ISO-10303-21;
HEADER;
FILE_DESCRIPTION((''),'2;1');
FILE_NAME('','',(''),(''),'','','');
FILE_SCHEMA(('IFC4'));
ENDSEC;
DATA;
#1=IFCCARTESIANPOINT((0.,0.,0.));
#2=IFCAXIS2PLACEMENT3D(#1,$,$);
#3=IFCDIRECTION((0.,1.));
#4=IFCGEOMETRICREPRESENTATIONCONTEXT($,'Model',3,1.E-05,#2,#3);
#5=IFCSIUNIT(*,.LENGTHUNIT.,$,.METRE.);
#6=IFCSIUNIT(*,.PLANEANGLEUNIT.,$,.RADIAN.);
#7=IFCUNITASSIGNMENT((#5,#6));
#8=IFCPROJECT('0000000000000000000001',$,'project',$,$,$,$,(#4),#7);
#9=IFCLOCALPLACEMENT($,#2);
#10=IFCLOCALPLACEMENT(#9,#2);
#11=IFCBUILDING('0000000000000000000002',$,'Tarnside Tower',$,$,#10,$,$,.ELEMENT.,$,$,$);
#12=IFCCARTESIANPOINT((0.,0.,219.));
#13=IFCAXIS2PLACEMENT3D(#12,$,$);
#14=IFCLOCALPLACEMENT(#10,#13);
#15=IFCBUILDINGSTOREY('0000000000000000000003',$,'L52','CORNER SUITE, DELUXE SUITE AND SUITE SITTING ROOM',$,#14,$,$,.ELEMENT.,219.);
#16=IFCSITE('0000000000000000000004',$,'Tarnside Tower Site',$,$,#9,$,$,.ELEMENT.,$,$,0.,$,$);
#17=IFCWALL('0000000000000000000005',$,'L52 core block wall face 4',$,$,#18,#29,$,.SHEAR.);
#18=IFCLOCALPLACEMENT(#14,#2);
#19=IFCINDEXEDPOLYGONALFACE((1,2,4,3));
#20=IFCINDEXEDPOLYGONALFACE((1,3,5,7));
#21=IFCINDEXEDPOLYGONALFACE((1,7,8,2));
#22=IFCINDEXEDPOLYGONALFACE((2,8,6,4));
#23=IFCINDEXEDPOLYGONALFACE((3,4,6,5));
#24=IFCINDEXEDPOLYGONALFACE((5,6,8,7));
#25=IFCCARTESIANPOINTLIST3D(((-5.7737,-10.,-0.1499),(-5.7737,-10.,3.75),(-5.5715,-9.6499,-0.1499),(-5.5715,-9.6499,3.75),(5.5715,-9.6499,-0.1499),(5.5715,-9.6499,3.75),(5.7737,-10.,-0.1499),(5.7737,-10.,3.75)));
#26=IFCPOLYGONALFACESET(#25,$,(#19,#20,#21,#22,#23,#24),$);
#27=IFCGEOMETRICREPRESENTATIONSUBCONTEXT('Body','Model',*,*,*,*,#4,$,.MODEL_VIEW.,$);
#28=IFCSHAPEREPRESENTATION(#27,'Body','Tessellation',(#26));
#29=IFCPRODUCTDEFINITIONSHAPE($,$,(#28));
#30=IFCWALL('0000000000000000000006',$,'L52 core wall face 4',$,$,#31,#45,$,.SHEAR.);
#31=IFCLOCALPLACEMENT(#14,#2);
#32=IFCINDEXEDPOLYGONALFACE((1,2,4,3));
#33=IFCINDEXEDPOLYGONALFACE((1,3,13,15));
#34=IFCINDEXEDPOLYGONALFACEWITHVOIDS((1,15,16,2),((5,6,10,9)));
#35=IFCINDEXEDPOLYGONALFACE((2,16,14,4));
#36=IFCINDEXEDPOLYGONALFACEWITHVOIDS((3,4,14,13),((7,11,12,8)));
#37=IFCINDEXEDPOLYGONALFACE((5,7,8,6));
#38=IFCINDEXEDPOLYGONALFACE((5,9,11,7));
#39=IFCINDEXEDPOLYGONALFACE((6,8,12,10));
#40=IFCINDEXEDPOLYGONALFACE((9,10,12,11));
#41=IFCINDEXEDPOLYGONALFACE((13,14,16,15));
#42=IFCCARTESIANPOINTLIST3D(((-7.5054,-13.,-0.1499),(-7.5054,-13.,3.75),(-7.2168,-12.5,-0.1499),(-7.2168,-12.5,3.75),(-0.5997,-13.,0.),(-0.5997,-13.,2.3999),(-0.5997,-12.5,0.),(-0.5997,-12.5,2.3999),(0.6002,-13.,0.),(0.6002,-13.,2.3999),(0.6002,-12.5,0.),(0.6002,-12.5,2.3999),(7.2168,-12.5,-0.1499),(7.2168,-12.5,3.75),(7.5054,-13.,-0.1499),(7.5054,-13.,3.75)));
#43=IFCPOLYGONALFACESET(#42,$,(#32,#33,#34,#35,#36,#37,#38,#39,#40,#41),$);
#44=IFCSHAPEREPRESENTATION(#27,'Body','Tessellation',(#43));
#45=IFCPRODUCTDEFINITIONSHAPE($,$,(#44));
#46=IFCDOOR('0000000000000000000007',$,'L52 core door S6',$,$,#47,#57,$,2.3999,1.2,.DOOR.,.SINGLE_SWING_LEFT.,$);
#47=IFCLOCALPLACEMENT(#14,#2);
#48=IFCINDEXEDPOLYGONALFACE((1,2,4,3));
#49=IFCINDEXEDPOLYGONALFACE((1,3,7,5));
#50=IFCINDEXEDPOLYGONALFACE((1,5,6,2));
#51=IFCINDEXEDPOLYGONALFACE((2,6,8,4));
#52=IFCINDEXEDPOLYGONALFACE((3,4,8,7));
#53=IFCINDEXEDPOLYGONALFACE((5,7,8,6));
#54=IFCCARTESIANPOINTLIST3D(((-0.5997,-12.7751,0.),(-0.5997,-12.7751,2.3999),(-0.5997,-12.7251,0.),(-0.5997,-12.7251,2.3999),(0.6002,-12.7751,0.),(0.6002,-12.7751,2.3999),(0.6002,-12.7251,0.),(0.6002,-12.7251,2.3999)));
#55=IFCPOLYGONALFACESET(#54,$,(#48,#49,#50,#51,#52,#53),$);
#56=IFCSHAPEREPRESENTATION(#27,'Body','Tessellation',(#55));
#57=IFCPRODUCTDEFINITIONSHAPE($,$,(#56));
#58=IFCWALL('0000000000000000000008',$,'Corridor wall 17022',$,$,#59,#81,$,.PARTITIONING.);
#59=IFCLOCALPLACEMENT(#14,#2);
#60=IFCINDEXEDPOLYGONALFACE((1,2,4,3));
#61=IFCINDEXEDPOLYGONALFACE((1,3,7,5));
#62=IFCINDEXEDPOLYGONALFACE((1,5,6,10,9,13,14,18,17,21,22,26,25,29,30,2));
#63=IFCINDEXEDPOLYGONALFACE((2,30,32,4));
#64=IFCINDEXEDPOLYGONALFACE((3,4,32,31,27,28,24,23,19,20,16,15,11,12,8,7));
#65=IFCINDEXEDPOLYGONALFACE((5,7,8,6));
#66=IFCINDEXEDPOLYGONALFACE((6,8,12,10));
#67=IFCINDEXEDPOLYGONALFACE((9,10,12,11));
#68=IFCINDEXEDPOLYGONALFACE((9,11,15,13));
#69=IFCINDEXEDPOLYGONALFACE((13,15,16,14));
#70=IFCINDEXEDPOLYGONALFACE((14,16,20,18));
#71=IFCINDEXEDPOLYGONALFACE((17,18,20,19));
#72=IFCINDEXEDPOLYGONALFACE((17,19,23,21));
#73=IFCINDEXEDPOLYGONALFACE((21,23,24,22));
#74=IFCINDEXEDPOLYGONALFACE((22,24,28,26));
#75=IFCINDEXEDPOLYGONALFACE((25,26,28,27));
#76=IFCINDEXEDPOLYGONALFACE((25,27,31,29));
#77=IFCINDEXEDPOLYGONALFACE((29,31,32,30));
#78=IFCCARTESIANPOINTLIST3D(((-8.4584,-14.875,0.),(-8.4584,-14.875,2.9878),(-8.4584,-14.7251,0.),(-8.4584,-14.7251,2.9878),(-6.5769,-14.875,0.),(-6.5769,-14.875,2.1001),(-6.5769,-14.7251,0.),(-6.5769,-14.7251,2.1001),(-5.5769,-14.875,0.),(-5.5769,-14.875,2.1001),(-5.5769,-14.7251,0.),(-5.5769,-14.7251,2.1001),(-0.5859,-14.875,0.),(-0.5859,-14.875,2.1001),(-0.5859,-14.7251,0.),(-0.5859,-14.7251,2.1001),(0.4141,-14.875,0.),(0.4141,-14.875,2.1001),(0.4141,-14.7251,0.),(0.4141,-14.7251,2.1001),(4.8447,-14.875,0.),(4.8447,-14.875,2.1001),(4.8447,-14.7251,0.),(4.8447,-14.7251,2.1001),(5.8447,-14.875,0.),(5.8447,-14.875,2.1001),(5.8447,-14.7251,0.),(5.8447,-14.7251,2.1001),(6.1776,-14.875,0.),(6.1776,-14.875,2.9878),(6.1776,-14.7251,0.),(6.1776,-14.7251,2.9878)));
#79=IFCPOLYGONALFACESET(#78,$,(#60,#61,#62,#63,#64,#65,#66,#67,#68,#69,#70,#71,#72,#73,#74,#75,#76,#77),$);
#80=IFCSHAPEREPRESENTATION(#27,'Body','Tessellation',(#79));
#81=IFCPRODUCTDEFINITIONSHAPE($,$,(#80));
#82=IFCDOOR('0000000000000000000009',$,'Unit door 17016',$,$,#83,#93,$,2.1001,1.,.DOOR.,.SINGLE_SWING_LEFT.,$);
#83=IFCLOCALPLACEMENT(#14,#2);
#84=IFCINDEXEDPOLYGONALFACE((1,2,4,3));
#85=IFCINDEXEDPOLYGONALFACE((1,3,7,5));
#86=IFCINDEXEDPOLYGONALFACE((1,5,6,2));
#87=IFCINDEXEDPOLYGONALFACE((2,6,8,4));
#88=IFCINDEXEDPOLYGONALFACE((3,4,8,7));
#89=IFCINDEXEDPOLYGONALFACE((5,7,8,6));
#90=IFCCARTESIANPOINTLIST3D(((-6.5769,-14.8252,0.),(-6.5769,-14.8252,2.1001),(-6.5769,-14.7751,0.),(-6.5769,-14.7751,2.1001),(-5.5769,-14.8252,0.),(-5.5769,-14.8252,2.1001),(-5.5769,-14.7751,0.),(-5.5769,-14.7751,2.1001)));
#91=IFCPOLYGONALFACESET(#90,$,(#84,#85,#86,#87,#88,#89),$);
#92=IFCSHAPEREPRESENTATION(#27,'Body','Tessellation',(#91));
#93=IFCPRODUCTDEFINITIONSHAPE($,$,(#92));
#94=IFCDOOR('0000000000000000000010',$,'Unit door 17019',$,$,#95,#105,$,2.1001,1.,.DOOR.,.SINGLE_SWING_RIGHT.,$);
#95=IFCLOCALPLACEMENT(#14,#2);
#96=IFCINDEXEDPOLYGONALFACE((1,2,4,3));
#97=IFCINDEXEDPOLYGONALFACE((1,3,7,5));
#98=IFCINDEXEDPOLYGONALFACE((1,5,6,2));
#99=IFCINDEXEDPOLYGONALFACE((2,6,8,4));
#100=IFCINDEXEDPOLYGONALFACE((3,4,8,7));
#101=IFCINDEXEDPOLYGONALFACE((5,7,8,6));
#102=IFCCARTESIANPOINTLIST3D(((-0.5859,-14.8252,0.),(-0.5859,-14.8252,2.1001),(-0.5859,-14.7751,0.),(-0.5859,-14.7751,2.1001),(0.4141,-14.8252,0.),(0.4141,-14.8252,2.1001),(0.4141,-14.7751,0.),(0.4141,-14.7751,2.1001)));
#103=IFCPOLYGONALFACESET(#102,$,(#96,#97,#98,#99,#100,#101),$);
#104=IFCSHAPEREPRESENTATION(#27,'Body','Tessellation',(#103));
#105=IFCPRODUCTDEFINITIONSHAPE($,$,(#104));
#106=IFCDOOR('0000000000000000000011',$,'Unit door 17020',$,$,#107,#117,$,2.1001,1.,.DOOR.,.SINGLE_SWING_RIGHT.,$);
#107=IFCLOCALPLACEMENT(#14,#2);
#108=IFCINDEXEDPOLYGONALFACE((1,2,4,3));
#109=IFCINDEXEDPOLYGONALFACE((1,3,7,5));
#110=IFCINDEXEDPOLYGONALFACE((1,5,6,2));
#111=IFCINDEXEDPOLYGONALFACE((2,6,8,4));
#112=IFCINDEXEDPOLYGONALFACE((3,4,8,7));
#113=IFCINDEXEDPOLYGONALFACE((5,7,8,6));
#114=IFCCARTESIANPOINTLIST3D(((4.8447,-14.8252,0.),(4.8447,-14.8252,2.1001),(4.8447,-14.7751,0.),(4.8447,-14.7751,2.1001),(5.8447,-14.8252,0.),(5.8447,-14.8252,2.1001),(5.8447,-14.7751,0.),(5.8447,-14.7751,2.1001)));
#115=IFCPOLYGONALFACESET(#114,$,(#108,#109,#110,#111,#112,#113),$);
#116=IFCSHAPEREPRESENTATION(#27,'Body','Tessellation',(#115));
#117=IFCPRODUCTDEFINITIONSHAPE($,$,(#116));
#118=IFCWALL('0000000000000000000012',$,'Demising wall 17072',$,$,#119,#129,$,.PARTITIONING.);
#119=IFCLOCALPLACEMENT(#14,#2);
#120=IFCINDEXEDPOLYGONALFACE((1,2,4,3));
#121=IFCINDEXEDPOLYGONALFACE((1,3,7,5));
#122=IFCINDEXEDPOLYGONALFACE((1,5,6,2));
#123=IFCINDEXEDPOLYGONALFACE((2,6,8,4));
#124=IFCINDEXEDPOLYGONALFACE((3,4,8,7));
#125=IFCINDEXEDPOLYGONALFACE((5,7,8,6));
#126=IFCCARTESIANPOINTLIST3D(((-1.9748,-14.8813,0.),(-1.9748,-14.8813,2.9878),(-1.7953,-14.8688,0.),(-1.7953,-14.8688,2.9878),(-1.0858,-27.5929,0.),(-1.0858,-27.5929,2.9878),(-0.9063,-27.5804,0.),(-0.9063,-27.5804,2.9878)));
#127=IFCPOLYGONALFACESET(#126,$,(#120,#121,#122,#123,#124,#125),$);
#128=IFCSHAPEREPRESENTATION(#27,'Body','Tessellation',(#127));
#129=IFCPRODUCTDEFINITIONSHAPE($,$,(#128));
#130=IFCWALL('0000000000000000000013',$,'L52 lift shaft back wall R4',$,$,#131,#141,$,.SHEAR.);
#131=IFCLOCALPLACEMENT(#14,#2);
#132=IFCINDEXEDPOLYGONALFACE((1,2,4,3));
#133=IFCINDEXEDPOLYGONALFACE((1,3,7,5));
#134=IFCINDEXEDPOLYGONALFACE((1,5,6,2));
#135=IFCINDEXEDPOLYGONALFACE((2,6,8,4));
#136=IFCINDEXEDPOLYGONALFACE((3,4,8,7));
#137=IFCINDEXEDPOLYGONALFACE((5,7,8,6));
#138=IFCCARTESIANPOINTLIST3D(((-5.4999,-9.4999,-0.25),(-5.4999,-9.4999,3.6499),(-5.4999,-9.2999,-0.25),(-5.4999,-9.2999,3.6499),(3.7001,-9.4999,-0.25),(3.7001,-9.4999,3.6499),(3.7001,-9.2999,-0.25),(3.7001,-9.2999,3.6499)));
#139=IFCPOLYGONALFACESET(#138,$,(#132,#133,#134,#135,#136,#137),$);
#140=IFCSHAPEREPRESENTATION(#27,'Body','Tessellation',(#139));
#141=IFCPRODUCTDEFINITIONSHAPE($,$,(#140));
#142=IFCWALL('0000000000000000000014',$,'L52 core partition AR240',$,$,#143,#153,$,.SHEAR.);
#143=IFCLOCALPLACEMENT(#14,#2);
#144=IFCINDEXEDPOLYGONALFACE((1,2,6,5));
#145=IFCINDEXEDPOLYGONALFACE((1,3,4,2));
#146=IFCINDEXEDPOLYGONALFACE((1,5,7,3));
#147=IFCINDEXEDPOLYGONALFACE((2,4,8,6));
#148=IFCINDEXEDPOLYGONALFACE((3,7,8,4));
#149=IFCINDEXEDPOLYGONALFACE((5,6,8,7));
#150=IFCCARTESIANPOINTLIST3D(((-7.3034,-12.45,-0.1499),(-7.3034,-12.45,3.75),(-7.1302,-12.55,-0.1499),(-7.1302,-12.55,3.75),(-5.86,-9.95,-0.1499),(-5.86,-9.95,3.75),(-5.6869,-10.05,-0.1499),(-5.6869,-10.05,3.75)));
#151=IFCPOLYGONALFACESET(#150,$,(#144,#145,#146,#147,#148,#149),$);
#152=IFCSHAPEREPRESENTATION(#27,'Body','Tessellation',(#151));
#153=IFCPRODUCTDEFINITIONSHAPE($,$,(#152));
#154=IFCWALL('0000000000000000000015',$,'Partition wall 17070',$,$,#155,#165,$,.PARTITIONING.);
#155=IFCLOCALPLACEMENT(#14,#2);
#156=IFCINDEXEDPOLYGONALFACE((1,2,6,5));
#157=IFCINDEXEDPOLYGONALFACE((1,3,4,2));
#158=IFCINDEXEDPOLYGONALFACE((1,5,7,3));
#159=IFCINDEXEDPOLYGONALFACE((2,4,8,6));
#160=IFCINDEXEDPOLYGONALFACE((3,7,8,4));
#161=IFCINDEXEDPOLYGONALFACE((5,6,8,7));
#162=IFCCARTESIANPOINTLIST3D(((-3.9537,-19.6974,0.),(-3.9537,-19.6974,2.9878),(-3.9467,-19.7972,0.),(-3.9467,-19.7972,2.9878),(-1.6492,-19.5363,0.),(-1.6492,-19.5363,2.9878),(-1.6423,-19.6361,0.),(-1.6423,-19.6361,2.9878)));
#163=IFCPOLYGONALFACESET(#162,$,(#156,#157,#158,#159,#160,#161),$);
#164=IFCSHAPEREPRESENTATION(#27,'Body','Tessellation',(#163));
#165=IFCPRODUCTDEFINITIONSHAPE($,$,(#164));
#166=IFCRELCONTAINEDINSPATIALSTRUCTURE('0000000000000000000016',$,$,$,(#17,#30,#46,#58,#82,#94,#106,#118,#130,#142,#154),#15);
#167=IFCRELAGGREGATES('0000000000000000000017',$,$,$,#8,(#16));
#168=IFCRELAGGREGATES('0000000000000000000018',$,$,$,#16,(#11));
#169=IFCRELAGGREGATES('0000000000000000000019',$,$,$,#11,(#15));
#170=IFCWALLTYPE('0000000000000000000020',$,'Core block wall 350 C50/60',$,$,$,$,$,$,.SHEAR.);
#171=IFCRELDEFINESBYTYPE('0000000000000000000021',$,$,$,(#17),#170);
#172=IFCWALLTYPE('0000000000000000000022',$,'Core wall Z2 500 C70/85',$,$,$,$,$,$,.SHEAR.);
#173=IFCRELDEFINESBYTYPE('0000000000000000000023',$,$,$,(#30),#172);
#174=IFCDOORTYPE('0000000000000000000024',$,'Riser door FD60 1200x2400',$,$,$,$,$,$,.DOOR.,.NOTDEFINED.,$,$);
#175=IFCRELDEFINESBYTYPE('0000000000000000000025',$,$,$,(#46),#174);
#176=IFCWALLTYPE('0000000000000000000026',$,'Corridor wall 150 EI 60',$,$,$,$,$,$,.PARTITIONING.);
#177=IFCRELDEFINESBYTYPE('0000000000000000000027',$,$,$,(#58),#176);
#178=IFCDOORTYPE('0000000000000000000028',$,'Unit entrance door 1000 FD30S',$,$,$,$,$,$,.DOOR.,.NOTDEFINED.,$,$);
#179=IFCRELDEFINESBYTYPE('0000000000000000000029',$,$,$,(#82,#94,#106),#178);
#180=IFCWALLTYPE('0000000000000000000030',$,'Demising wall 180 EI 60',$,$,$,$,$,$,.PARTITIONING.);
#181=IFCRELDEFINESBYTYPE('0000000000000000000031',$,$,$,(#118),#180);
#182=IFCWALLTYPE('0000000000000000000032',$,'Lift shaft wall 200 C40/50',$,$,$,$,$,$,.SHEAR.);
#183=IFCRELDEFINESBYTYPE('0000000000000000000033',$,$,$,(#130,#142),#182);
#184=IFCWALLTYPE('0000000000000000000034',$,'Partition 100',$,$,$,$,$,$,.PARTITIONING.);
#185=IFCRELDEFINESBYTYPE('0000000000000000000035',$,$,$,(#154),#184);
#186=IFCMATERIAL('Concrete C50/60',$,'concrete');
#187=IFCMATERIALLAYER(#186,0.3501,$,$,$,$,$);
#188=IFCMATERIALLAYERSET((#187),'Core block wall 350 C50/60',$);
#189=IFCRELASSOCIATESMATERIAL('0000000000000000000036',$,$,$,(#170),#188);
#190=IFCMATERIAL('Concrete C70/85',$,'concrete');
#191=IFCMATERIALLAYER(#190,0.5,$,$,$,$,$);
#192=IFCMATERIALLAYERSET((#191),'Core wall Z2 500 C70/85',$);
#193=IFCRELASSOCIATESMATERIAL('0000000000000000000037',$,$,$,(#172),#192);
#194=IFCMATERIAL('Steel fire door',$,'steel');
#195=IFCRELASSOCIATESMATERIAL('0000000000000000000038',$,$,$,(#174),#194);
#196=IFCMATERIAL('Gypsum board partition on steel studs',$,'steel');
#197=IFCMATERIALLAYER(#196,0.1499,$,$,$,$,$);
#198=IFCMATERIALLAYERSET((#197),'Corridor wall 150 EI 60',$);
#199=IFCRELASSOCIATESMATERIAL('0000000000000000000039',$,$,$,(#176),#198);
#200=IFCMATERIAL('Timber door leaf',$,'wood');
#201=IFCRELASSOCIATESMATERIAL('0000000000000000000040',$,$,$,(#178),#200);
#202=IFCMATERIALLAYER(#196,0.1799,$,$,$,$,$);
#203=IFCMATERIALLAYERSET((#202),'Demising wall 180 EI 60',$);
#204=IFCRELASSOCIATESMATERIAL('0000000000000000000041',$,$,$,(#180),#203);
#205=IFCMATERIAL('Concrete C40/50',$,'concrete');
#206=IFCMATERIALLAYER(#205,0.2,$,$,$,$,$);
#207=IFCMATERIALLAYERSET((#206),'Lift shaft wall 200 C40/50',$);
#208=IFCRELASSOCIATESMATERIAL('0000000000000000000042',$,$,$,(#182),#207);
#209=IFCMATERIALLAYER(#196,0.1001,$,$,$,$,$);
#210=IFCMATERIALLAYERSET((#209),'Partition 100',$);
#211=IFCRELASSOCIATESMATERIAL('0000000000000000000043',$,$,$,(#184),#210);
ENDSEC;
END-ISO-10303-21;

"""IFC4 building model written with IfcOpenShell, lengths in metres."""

from ifc_helpers import new_model, si_unit, direction, frame, frame_2d, origin, place, context, subcontext, project, spatial, polyline, rectangle, outline, extrude, material, layer, layer_set, type_object, element, fill, save


model = new_model("IFC4")

# Units and contexts
model_context = context("Model", 3, precision=1e-05, world=origin(), true_north=direction((0.0, 1.0)))
body_context = subcontext(model_context, "Body", "Model", "MODEL_VIEW")
ifc_project = project(units=[si_unit("LENGTHUNIT", "METRE"), si_unit("PLANEANGLEUNIT", "RADIAN")], contexts=[model_context])

# Site, building, storey
site_placement = place(None, origin())
site = spatial("IfcSite", under=ifc_project, at=site_placement, Name="Tarnside Tower Site", CompositionType="ELEMENT", RefElevation=0.0)
building_placement = place(site_placement, origin())
building = spatial("IfcBuilding", under=site, at=building_placement, Name="Tarnside Tower", CompositionType="ELEMENT")
storey_placement = place(building_placement, frame((0.0, 0.0, 219.0)))
storey = spatial("IfcBuildingStorey", under=building, at=storey_placement, Name="L52", Description="CORNER SUITE, DELUXE SUITE AND SUITE SITTING ROOM", CompositionType="ELEMENT", Elevation=219.0)

# Shared definitions
ifc_material_1 = material(Name="Gypsum board partition on steel studs", Category="steel")
ifc_material_2 = material(Name="Timber door leaf", Category="wood")

# Wall
ifc_material_3 = material(Name="Concrete C50/60", Category="concrete")
ifc_layer_1 = layer(ifc_material_3, 0.3501)
ifc_layer_set_1 = layer_set([ifc_layer_1], Name="Core block wall 350 C50/60")
wall_type_1 = type_object("IfcWallType", Name="Core block wall 350 C50/60", PredefinedType="SHEAR", material=ifc_layer_set_1)
wall_1_placement = place(storey_placement, frame((-5.6726, -9.825, -0.1499), z_axis=(0.0, 0.0, 1.0), x_axis=(1.0, 0.0, 0.0)))
element("IfcWall", 1, at=wall_1_placement, inside=storey, type_object=wall_type_1, Name="L52 core block wall face 4", PredefinedType="SHEAR", context=body_context, shape_type="SweptSolid", body=[
    extrude(outline(polyline([(-0.1011, -0.175), (11.4463, -0.175), (11.2441, 0.175), (0.1011, 0.175), (-0.1011, -0.175)])), origin(), (0.0, 0.0, 1.0), 3.8999),
])

# Wall, opening, door
ifc_material_4 = material(Name="Concrete C70/85", Category="concrete")
ifc_layer_2 = layer(ifc_material_4, 0.5)
ifc_layer_set_2 = layer_set([ifc_layer_2], Name="Core wall Z2 500 C70/85")
wall_type_2 = type_object("IfcWallType", Name="Core wall Z2 500 C70/85", PredefinedType="SHEAR", material=ifc_layer_set_2)
wall_2_placement = place(storey_placement, frame((-7.3611, -12.75, -0.1499), z_axis=(0.0, 0.0, 1.0), x_axis=(1.0, 0.0, 0.0)))
wall_2 = element("IfcWall", 2, at=wall_2_placement, inside=storey, type_object=wall_type_2, Name="L52 core wall face 4", PredefinedType="SHEAR", context=body_context, shape_type="SweptSolid", body=[
    extrude(outline(polyline([(-0.1443, -0.25), (14.8665, -0.25), (14.5779, 0.25), (0.1443, 0.25), (-0.1443, -0.25)])), origin(), (0.0, 0.0, 1.0), 3.8999),
])
opening_1_placement = place(wall_2_placement, frame((6.7612, 0.0, 0.1499)))
opening_1 = element("IfcOpeningElement", 3, at=opening_1_placement, cuts=wall_2, PredefinedType="OPENING", context=body_context, shape_type="SweptSolid", body=[
    extrude(rectangle(XDim=1.2, YDim=2.3999, at=frame_2d((0.6001, 1.2))), frame((0.0, 0.26, 0.0), z_axis=(0.0, -1.0, 0.0), x_axis=(1.0, 0.0, 0.0)), (0.0, 0.0, 1.0), 0.52),
])
ifc_material_5 = material(Name="Steel fire door", Category="steel")
door_type_1 = type_object("IfcDoorType", Name="Riser door FD60 1200x2400", OperationType="NOTDEFINED", PredefinedType="DOOR", material=ifc_material_5)
door_1_placement = place(opening_1_placement, origin())
door_1 = element("IfcDoor", 4, at=door_1_placement, inside=storey, type_object=door_type_1, Name="L52 core door S6", OperationType="SINGLE_SWING_LEFT", OverallHeight=2.3999, OverallWidth=1.2, PredefinedType="DOOR", context=body_context, shape_type="SweptSolid", body=[
    extrude(rectangle(XDim=1.2, YDim=2.3999, at=frame_2d((0.6001, 1.2))), frame((0.0, 0.0249, 0.0), z_axis=(0.0, -1.0, 0.0), x_axis=(1.0, 0.0, 0.0)), (0.0, 0.0, 1.0), 0.05),
])
fill(opening_1, door_1)

# Wall, openings, doors
ifc_layer_3 = layer(ifc_material_1, 0.1499)
ifc_layer_set_3 = layer_set([ifc_layer_3], Name="Corridor wall 150 EI 60")
wall_type_3 = type_object("IfcWallType", Name="Corridor wall 150 EI 60", PredefinedType="PARTITIONING", material=ifc_layer_set_3)
wall_3_placement = place(storey_placement, frame((-8.4583, -14.8, 0.0), z_axis=(0.0, 0.0, 1.0), x_axis=(1.0, 0.0, 0.0)))
wall_3 = element("IfcWall", 5, at=wall_3_placement, inside=storey, type_object=wall_type_3, Name="Corridor wall 17022", PredefinedType="PARTITIONING", context=body_context, shape_type="SweptSolid", body=[
    extrude(rectangle(XDim=14.636, YDim=0.1499, at=frame_2d((7.3179, 0.0))), origin(), (0.0, 0.0, 1.0), 2.9878),
])
opening_2_placement = place(wall_3_placement, frame((1.8813, 0.0, 0.0)))
opening_2 = element("IfcOpeningElement", 6, at=opening_2_placement, cuts=wall_3, PredefinedType="OPENING", context=body_context, shape_type="SweptSolid", body=[
    extrude(rectangle(XDim=1.0, YDim=2.1001, at=frame_2d((0.5, 1.05))), frame((0.0, 0.085, 0.0), z_axis=(0.0, -1.0, 0.0), x_axis=(1.0, 0.0, 0.0)), (0.0, 0.0, 1.0), 0.1699),
])
opening_3_placement = place(wall_3_placement, frame((7.8723, 0.0, 0.0)))
opening_3 = element("IfcOpeningElement", 7, at=opening_3_placement, cuts=wall_3, PredefinedType="OPENING", context=body_context, shape_type="SweptSolid", body=[
    extrude(rectangle(XDim=1.0, YDim=2.1001, at=frame_2d((0.5, 1.05))), frame((0.0, 0.085, 0.0), z_axis=(0.0, -1.0, 0.0), x_axis=(1.0, 0.0, 0.0)), (0.0, 0.0, 1.0), 0.1699),
])
opening_4_placement = place(wall_3_placement, frame((13.303, 0.0, 0.0)))
opening_4 = element("IfcOpeningElement", 8, at=opening_4_placement, cuts=wall_3, PredefinedType="OPENING", context=body_context, shape_type="SweptSolid", body=[
    extrude(rectangle(XDim=1.0, YDim=2.1001, at=frame_2d((0.5, 1.05))), frame((0.0, 0.085, 0.0), z_axis=(0.0, -1.0, 0.0), x_axis=(1.0, 0.0, 0.0)), (0.0, 0.0, 1.0), 0.1699),
])
door_type_2 = type_object("IfcDoorType", Name="Unit entrance door 1000 FD30S", OperationType="NOTDEFINED", PredefinedType="DOOR", material=ifc_material_2)
door_2_placement = place(opening_2_placement, origin())
door_2 = element("IfcDoor", 9, at=door_2_placement, inside=storey, type_object=door_type_2, Name="Unit door 17016", OperationType="SINGLE_SWING_LEFT", OverallHeight=2.1001, OverallWidth=1.0, PredefinedType="DOOR", context=body_context, shape_type="SweptSolid", body=[
    extrude(rectangle(XDim=1.0, YDim=2.1001, at=frame_2d((0.5, 1.05))), frame((0.0, 0.0249, 0.0), z_axis=(0.0, -1.0, 0.0), x_axis=(1.0, 0.0, 0.0)), (0.0, 0.0, 1.0), 0.05),
])
fill(opening_2, door_2)
door_3_placement = place(opening_3_placement, origin())
door_3 = element("IfcDoor", 10, at=door_3_placement, inside=storey, type_object=door_type_2, Name="Unit door 17019", OperationType="SINGLE_SWING_RIGHT", OverallHeight=2.1001, OverallWidth=1.0, PredefinedType="DOOR", context=body_context, shape_type="SweptSolid", body=[
    extrude(rectangle(XDim=1.0, YDim=2.1001, at=frame_2d((0.5, 1.05))), frame((0.0, 0.0249, 0.0), z_axis=(0.0, -1.0, 0.0), x_axis=(1.0, 0.0, 0.0)), (0.0, 0.0, 1.0), 0.05),
])
fill(opening_3, door_3)
door_4_placement = place(opening_4_placement, origin())
door_4 = element("IfcDoor", 11, at=door_4_placement, inside=storey, type_object=door_type_2, Name="Unit door 17020", OperationType="SINGLE_SWING_RIGHT", OverallHeight=2.1001, OverallWidth=1.0, PredefinedType="DOOR", context=body_context, shape_type="SweptSolid", body=[
    extrude(rectangle(XDim=1.0, YDim=2.1001, at=frame_2d((0.5, 1.05))), frame((0.0, 0.0249, 0.0), z_axis=(0.0, -1.0, 0.0), x_axis=(1.0, 0.0, 0.0)), (0.0, 0.0, 1.0), 0.05),
])
fill(opening_4, door_4)

# Walls
ifc_layer_4 = layer(ifc_material_1, 0.1799)
ifc_layer_set_4 = layer_set([ifc_layer_4], Name="Demising wall 180 EI 60")
wall_type_4 = type_object("IfcWallType", Name="Demising wall 180 EI 60", PredefinedType="PARTITIONING", material=ifc_layer_set_4)
wall_4_placement = place(storey_placement, frame((-0.9961, -27.5867, 0.0), z_axis=(0.0, 0.0, 1.0), x_axis=(-0.069759, 0.997564, 0.0)))
element("IfcWall", 12, at=wall_4_placement, inside=storey, type_object=wall_type_4, Name="Demising wall 17072", PredefinedType="PARTITIONING", context=body_context, shape_type="SweptSolid", body=[
    extrude(rectangle(XDim=12.7427, YDim=0.1799, at=frame_2d((6.3713, 0.0))), origin(), (0.0, 0.0, 1.0), 2.9878),
])
ifc_material_6 = material(Name="Concrete C40/50", Category="concrete")
ifc_layer_5 = layer(ifc_material_6, 0.2)
ifc_layer_set_5 = layer_set([ifc_layer_5], Name="Lift shaft wall 200 C40/50")
wall_type_5 = type_object("IfcWallType", Name="Lift shaft wall 200 C40/50", PredefinedType="SHEAR", material=ifc_layer_set_5)
wall_5_placement = place(storey_placement, frame((-5.5, -9.3999, -0.25), z_axis=(0.0, 0.0, 1.0), x_axis=(1.0, 0.0, 0.0)))
element("IfcWall", 13, at=wall_5_placement, inside=storey, type_object=wall_type_5, Name="L52 lift shaft back wall R4", PredefinedType="SHEAR", context=body_context, shape_type="SweptSolid", body=[
    extrude(rectangle(XDim=9.2, YDim=0.2, at=frame_2d((4.6001, 0.0))), origin(), (0.0, 0.0, 1.0), 3.8999),
])
wall_6_placement = place(storey_placement, frame((-5.7734, -10.0, -0.1499), z_axis=(0.0, 0.0, 1.0), x_axis=(-0.499996, -0.866028, 0.0)))
element("IfcWall", 14, at=wall_6_placement, inside=storey, type_object=wall_type_5, Name="L52 core partition AR240", PredefinedType="SHEAR", context=body_context, shape_type="SweptSolid", body=[
    extrude(rectangle(XDim=2.8867, YDim=0.2, at=frame_2d((1.4434, 0.0))), origin(), (0.0, 0.0, 1.0), 3.8999),
])
ifc_layer_6 = layer(ifc_material_1, 0.1001)
ifc_layer_set_6 = layer_set([ifc_layer_6], Name="Partition 100")
wall_type_6 = type_object("IfcWallType", Name="Partition 100", PredefinedType="PARTITIONING", material=ifc_layer_set_6)
wall_7_placement = place(storey_placement, frame((-1.6458, -19.5862, 0.0), z_axis=(0.0, 0.0, 1.0), x_axis=(-0.997564, -0.069752, 0.0)))
element("IfcWall", 15, at=wall_7_placement, inside=storey, type_object=wall_type_6, Name="Partition wall 17070", PredefinedType="PARTITIONING", context=body_context, shape_type="SweptSolid", body=[
    extrude(rectangle(XDim=2.3101, YDim=0.1001, at=frame_2d((1.155, 0.0))), origin(), (0.0, 0.0, 1.0), 2.9878),
])

save(model, "model.ifc")
